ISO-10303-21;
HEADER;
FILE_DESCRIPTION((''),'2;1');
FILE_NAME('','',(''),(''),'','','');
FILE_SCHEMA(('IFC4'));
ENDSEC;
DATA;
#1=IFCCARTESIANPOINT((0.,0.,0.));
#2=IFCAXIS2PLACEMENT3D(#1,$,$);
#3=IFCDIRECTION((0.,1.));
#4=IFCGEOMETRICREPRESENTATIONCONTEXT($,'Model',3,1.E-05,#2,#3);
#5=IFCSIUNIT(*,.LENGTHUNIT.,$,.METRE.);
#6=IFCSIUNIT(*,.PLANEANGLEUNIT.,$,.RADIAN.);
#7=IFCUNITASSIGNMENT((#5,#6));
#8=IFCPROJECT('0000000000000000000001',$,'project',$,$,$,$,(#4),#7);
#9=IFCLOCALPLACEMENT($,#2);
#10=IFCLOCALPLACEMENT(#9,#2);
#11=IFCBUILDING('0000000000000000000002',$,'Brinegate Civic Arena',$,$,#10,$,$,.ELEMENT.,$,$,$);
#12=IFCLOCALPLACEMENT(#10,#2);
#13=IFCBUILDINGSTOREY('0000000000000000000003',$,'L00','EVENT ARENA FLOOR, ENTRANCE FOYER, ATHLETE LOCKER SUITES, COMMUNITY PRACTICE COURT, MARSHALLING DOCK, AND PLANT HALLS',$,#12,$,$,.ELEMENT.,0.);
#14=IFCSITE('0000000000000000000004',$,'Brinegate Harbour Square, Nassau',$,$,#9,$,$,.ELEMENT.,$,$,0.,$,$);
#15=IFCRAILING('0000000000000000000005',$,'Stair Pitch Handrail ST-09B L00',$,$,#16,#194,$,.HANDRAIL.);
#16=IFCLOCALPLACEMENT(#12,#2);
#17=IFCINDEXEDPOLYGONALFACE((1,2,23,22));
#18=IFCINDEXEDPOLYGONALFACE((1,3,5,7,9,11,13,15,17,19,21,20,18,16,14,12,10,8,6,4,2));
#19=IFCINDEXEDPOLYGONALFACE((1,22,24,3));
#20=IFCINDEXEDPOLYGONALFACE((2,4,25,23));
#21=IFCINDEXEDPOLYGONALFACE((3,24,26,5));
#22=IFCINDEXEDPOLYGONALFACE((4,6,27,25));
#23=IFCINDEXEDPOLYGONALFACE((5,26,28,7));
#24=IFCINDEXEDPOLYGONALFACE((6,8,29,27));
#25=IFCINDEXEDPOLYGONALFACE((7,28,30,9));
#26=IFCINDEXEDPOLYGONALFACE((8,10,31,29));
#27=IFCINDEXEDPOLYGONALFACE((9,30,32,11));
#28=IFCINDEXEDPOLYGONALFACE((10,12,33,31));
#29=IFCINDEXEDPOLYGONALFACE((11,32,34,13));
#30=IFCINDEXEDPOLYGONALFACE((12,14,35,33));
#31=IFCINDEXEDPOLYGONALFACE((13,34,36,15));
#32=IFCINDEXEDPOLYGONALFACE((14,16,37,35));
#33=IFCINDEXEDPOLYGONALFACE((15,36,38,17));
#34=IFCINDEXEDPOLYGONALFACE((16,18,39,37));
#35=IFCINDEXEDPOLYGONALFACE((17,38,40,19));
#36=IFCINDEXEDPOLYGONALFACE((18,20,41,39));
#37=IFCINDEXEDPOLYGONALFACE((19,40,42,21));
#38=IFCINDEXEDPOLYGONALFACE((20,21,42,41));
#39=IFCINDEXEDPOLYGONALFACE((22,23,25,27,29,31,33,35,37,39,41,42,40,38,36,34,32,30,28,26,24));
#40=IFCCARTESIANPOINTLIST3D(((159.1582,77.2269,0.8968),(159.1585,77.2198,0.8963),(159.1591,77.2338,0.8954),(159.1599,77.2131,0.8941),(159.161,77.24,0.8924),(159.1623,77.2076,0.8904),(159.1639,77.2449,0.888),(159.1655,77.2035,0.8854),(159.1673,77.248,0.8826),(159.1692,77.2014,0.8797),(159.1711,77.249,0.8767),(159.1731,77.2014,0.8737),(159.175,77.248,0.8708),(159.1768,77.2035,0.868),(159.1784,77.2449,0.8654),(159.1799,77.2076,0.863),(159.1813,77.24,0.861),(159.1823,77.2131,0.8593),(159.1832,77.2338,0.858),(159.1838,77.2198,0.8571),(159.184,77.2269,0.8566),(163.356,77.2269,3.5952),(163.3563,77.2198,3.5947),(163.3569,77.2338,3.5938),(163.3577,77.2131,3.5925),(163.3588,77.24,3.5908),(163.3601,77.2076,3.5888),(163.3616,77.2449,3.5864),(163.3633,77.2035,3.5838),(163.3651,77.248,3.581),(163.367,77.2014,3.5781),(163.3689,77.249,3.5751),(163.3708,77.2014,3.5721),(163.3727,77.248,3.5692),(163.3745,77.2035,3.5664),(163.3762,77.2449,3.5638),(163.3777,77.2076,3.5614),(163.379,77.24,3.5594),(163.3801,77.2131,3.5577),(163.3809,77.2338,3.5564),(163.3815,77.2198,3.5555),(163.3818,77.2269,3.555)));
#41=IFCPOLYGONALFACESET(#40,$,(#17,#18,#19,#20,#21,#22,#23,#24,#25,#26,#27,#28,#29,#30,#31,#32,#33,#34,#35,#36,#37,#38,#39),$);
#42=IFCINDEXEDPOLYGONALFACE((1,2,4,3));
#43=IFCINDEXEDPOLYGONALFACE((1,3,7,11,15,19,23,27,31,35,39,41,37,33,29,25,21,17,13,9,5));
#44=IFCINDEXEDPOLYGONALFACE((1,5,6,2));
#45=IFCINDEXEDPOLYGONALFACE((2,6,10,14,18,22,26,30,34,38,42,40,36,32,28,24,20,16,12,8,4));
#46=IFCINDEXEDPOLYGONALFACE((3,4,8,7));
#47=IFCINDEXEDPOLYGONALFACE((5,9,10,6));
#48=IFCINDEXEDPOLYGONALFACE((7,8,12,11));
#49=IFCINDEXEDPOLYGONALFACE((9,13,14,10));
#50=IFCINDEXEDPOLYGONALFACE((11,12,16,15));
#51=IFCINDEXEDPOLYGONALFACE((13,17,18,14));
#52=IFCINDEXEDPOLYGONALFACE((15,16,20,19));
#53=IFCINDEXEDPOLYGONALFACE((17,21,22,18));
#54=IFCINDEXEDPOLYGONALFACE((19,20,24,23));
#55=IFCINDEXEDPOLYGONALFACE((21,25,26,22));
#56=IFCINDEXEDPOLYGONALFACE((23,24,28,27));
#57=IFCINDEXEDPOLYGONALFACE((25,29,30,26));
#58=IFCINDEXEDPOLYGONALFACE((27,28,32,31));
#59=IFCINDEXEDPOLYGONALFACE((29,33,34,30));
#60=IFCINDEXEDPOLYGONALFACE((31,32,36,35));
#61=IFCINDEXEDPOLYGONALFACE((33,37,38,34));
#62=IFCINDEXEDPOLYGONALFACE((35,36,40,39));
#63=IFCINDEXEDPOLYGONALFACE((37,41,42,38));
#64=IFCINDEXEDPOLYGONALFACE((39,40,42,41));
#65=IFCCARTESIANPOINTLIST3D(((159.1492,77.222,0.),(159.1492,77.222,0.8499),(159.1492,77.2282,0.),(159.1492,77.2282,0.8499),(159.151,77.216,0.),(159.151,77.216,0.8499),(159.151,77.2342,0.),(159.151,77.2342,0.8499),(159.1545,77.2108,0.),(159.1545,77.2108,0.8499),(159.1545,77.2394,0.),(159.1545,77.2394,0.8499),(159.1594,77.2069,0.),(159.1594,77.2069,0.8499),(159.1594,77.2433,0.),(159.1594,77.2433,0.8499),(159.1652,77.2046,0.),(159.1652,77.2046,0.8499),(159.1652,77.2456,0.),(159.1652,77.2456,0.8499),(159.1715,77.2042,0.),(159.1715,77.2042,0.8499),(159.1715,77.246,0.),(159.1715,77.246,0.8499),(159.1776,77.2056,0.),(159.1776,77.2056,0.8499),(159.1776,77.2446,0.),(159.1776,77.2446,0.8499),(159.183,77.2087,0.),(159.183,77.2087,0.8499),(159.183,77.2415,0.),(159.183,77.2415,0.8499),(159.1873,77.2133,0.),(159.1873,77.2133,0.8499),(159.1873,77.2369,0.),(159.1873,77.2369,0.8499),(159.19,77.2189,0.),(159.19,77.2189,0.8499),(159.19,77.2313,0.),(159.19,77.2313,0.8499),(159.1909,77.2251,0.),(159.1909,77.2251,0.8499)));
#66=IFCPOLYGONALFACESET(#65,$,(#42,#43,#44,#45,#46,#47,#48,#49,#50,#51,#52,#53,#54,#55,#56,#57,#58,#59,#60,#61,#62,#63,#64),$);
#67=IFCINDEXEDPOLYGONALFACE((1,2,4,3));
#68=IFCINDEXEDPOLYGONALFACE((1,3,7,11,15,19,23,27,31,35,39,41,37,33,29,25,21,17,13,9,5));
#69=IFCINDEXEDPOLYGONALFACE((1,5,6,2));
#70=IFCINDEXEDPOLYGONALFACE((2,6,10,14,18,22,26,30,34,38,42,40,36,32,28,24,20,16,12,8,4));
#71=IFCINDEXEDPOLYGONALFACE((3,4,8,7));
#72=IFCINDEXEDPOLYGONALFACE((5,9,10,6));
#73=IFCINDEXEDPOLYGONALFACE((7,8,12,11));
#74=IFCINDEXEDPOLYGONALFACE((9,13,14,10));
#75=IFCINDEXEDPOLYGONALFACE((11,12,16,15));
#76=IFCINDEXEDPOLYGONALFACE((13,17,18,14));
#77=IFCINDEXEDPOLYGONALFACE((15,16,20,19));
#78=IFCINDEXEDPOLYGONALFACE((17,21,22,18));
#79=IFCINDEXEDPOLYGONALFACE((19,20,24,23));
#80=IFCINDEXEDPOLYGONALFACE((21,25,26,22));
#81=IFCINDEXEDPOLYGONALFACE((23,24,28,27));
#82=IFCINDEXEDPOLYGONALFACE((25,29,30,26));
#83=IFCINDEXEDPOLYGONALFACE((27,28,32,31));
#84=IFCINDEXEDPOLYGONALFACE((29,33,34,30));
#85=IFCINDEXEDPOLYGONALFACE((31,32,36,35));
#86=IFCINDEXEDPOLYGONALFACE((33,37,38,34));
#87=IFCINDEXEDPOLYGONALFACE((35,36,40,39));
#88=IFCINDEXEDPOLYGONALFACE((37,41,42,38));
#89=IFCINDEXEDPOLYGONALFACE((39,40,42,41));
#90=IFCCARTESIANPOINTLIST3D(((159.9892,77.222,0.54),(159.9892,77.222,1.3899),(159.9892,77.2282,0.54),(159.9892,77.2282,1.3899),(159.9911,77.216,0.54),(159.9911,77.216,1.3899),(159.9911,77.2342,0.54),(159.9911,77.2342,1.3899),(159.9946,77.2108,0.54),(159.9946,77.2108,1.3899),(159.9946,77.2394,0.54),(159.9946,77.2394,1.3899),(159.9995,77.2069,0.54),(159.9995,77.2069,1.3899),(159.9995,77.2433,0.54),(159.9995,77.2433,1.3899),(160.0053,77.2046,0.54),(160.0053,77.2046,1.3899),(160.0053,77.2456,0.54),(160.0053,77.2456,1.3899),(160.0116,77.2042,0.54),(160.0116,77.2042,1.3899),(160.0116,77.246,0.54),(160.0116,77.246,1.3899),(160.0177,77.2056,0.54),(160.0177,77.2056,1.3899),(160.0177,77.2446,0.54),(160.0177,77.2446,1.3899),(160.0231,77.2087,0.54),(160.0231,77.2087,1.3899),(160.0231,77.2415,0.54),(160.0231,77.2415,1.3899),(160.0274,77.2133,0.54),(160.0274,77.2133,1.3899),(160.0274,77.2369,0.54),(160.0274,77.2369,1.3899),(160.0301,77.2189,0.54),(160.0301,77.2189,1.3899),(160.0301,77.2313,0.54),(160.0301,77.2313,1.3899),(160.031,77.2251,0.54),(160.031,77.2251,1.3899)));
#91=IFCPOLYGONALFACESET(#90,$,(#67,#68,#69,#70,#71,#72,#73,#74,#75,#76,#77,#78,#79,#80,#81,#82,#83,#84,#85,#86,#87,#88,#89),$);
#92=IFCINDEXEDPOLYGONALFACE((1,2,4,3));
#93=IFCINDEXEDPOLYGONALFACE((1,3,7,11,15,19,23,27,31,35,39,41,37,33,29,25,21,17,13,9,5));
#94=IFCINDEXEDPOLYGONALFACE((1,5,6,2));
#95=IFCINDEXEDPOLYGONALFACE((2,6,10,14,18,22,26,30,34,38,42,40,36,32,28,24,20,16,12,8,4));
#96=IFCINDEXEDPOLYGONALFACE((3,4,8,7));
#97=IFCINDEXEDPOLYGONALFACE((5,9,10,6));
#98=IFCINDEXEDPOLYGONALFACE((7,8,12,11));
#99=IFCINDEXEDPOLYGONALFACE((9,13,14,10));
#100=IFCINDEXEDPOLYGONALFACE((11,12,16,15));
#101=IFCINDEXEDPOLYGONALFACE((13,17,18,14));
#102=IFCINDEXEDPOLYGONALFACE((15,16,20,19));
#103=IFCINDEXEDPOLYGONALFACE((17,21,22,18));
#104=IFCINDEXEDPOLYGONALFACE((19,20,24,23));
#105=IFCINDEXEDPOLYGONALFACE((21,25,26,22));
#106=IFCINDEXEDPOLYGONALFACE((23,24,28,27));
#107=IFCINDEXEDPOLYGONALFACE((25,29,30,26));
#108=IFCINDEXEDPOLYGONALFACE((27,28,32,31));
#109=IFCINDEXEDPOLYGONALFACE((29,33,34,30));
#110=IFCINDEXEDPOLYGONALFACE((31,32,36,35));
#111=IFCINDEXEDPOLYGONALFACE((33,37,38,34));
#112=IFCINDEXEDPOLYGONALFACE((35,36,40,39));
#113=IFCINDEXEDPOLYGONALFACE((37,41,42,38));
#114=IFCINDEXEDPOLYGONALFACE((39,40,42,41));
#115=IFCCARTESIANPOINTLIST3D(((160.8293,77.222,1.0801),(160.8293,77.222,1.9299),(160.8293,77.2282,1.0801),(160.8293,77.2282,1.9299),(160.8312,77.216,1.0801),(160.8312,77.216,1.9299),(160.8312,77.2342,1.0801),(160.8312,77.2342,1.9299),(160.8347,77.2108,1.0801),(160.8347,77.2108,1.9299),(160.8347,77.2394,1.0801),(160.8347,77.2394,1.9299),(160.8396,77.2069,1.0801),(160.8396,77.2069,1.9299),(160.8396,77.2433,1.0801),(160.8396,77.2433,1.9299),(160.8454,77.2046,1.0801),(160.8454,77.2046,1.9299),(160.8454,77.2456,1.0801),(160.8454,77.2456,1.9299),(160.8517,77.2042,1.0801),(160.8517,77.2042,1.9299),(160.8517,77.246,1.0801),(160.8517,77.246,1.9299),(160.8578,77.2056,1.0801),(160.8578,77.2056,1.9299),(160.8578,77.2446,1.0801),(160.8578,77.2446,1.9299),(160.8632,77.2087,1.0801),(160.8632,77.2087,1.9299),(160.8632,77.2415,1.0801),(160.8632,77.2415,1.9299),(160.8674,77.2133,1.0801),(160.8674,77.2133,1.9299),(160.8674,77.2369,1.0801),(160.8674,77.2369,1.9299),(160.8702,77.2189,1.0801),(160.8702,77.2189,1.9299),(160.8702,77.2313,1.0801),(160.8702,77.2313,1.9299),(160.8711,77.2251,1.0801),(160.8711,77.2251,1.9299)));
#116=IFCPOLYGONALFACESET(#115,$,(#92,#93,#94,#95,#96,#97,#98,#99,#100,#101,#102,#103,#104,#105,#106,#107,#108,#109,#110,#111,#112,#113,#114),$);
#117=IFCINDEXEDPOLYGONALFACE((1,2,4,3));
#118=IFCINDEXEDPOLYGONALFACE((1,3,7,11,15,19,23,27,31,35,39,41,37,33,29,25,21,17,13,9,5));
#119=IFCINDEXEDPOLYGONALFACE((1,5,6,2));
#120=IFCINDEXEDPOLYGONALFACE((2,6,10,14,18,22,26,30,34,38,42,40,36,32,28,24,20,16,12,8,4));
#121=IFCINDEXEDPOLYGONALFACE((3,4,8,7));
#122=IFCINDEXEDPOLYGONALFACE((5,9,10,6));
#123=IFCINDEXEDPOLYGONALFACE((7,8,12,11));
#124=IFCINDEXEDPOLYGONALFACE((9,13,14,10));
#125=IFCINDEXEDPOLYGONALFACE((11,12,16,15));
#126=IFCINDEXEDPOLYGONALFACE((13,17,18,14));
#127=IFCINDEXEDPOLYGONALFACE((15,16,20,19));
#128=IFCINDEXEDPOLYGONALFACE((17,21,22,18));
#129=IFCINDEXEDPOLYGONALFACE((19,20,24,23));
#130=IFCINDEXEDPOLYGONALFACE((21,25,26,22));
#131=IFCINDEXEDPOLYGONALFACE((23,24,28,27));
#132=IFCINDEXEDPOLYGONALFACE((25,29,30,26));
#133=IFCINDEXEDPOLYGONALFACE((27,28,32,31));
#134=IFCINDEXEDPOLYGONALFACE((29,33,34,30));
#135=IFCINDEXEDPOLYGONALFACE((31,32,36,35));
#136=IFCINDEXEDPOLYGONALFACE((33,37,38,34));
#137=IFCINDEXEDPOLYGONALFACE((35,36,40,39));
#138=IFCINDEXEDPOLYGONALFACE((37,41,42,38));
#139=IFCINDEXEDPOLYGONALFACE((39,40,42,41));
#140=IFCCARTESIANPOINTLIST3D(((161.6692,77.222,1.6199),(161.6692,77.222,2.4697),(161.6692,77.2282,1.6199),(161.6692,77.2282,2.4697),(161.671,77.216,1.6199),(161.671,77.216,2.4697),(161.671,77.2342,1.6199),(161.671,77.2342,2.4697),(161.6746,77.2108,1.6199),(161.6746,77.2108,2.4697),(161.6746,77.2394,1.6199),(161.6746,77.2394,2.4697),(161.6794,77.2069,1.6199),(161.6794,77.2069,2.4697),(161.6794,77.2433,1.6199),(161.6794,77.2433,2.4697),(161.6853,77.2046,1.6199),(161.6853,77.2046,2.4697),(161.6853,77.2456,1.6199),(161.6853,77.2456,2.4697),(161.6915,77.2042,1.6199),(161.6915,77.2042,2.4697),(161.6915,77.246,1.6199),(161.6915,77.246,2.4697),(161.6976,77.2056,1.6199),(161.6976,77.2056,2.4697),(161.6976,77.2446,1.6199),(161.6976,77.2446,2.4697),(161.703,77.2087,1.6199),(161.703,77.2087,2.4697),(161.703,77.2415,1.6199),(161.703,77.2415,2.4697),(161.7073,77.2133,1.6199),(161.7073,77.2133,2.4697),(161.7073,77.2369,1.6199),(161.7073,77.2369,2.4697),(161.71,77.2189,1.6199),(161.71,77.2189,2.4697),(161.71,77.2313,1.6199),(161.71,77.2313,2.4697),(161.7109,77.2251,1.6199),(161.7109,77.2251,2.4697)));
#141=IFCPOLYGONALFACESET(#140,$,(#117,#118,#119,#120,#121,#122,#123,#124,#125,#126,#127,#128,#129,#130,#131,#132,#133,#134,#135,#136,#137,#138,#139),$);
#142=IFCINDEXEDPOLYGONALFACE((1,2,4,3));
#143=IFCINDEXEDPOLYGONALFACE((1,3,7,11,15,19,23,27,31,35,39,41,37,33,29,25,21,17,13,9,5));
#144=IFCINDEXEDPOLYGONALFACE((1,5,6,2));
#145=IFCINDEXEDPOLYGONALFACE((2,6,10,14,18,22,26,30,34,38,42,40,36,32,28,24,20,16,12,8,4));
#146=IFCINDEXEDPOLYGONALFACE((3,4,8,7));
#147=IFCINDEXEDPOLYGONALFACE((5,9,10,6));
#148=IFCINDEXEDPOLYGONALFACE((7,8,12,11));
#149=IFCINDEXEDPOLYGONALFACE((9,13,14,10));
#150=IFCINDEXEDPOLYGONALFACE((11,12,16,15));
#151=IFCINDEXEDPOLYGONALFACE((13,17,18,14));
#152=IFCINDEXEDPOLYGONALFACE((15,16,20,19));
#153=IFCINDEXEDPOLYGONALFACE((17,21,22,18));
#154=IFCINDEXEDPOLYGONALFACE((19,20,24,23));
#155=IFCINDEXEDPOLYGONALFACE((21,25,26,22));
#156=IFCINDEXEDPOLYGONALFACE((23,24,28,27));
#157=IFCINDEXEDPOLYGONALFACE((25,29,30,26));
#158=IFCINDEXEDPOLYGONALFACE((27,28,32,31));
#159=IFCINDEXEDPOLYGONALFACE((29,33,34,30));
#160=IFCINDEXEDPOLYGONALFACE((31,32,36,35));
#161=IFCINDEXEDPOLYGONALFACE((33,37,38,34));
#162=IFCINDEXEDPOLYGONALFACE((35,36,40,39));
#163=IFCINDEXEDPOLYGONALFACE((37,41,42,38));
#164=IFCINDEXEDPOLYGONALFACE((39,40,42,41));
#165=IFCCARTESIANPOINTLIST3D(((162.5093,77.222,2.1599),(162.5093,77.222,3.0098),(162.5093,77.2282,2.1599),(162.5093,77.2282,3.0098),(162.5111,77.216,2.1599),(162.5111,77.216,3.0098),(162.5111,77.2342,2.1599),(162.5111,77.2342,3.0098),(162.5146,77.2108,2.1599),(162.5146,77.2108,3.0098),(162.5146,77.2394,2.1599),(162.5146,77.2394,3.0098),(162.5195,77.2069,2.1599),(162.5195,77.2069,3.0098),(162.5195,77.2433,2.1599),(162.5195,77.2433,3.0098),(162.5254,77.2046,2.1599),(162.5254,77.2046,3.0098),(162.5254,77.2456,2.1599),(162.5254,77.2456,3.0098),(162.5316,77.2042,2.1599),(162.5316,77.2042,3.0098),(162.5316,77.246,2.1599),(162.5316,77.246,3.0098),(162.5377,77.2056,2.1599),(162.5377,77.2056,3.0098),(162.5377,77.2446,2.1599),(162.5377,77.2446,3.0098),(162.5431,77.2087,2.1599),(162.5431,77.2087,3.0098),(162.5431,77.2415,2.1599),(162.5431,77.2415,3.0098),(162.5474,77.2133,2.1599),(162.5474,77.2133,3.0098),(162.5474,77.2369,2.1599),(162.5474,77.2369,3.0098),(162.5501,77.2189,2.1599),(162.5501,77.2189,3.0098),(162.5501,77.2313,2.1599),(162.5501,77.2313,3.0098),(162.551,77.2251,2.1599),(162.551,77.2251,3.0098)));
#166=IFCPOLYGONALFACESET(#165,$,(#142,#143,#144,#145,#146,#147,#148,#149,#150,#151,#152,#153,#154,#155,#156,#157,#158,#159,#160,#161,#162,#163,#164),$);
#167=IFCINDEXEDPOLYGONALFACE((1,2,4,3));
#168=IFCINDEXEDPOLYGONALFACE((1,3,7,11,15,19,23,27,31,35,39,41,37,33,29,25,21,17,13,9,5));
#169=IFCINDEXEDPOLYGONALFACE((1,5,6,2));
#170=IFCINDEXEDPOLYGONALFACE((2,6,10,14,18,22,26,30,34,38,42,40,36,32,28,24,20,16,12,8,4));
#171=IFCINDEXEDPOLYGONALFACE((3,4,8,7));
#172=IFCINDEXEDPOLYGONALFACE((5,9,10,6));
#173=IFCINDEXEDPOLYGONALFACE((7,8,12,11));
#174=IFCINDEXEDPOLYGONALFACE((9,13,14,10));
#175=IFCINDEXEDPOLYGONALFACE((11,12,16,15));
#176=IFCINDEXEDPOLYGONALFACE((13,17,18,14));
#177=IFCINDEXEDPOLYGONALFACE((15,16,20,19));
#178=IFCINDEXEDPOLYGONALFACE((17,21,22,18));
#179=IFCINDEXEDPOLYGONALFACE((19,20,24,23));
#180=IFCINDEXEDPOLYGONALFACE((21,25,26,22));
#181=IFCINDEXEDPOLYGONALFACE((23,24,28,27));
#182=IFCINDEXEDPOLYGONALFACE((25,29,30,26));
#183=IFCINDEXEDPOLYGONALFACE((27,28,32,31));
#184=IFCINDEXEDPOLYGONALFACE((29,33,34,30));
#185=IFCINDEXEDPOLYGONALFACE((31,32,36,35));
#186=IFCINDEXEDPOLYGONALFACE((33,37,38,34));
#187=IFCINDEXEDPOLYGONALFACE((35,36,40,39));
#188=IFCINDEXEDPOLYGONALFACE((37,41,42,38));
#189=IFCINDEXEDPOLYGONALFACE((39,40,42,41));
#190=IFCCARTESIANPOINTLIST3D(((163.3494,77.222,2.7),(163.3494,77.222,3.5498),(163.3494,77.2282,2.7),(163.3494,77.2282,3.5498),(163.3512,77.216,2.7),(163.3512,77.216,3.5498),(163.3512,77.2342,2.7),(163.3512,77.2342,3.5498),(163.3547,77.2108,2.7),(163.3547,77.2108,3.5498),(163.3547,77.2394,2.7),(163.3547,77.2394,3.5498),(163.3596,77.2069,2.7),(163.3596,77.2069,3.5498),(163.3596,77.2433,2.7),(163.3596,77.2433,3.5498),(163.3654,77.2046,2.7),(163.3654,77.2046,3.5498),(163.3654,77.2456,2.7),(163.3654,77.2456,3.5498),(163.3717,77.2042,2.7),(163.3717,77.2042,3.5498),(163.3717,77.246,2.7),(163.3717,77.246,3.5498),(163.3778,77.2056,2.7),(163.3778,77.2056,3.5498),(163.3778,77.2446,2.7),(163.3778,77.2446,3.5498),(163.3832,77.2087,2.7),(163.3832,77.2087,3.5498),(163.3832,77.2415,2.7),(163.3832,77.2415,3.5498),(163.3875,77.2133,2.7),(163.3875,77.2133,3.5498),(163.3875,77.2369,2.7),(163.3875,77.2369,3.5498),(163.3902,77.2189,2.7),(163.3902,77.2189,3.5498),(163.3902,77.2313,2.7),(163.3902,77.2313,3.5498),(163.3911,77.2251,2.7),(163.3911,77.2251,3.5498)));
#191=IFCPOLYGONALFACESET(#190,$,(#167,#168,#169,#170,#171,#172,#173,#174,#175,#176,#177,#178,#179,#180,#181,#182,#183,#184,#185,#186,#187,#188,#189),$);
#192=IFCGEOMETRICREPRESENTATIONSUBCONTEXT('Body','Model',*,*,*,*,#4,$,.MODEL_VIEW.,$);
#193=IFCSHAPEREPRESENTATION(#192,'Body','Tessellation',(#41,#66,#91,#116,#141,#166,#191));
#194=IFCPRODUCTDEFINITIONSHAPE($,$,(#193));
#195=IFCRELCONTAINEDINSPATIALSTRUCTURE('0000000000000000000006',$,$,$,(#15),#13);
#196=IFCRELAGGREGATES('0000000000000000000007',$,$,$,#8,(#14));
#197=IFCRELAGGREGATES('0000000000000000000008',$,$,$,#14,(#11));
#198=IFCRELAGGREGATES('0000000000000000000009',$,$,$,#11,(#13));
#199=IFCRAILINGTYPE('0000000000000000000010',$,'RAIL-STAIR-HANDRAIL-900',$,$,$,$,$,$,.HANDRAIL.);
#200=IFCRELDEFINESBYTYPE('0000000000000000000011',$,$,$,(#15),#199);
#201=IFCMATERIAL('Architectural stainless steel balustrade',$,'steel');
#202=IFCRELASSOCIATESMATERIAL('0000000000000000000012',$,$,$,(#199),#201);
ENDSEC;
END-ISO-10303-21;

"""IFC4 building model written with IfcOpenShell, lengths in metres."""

from ifc_helpers import new_model, si_unit, direction, frame, origin, origin_2d, place, context, subcontext, project, spatial, circle, extrude, material, type_object, element, save


model = new_model("IFC4")

# Units and contexts
model_context = context("Model", 3, precision=1e-05, world=origin(), true_north=direction((0.0, 1.0)))
body_context = subcontext(model_context, "Body", "Model", "MODEL_VIEW")
ifc_project = project(units=[si_unit("LENGTHUNIT", "METRE"), si_unit("PLANEANGLEUNIT", "RADIAN")], contexts=[model_context])

# Site, building, storey
site_placement = place(None, origin())
site = spatial("IfcSite", under=ifc_project, at=site_placement, Name="Brinegate Harbour Square, Nassau", CompositionType="ELEMENT", RefElevation=0.0)
building_placement = place(site_placement, origin())
building = spatial("IfcBuilding", under=site, at=building_placement, Name="Brinegate Civic Arena", CompositionType="ELEMENT")
storey_placement = place(building_placement, origin())
storey = spatial("IfcBuildingStorey", under=building, at=storey_placement, Name="L00", Description="EVENT ARENA FLOOR, ENTRANCE FOYER, ATHLETE LOCKER SUITES, COMMUNITY PRACTICE COURT, MARSHALLING DOCK, AND PLANT HALLS", CompositionType="ELEMENT", Elevation=0.0)

# Railing
ifc_material_1 = material(Name="Architectural stainless steel balustrade", Category="steel")
railing_type = type_object("IfcRailingType", Name="RAIL-STAIR-HANDRAIL-900", PredefinedType="HANDRAIL", material=ifc_material_1)
railing_placement = place(storey_placement, frame((159.1699, 77.2251, 0.0)))
element("IfcRailing", 1, at=railing_placement, inside=storey, type_object=railing_type, Name="Stair Pitch Handrail ST-09B L00", PredefinedType="HANDRAIL", context=body_context, shape_type="SweptSolid", body=[
    extrude(circle(Radius=0.0239, at=origin_2d()), frame((0.0012, 0.0, 0.8767), z_axis=(0.841194, 0.0, 0.540733), x_axis=(0.0, 1.0, 0.0)), (0.0, 0.0, 1.0), 4.9902),
    extrude(circle(Radius=0.021, at=origin_2d()), origin(), (0.0, 0.0, 1.0), 0.8499),
    extrude(circle(Radius=0.021, at=origin_2d()), frame((0.8401, 0.0, 0.54)), (0.0, 0.0, 1.0), 0.8499),
    extrude(circle(Radius=0.021, at=origin_2d()), frame((1.6802, 0.0, 1.0801)), (0.0, 0.0, 1.0), 0.8499),
    extrude(circle(Radius=0.021, at=origin_2d()), frame((2.52, 0.0, 1.6199)), (0.0, 0.0, 1.0), 0.8499),
    extrude(circle(Radius=0.021, at=origin_2d()), frame((3.3601, 0.0, 2.1599)), (0.0, 0.0, 1.0), 0.8499),
    extrude(circle(Radius=0.021, at=origin_2d()), frame((4.2002, 0.0, 2.7)), (0.0, 0.0, 1.0), 0.8499),
])

save(model, "model.ifc")
